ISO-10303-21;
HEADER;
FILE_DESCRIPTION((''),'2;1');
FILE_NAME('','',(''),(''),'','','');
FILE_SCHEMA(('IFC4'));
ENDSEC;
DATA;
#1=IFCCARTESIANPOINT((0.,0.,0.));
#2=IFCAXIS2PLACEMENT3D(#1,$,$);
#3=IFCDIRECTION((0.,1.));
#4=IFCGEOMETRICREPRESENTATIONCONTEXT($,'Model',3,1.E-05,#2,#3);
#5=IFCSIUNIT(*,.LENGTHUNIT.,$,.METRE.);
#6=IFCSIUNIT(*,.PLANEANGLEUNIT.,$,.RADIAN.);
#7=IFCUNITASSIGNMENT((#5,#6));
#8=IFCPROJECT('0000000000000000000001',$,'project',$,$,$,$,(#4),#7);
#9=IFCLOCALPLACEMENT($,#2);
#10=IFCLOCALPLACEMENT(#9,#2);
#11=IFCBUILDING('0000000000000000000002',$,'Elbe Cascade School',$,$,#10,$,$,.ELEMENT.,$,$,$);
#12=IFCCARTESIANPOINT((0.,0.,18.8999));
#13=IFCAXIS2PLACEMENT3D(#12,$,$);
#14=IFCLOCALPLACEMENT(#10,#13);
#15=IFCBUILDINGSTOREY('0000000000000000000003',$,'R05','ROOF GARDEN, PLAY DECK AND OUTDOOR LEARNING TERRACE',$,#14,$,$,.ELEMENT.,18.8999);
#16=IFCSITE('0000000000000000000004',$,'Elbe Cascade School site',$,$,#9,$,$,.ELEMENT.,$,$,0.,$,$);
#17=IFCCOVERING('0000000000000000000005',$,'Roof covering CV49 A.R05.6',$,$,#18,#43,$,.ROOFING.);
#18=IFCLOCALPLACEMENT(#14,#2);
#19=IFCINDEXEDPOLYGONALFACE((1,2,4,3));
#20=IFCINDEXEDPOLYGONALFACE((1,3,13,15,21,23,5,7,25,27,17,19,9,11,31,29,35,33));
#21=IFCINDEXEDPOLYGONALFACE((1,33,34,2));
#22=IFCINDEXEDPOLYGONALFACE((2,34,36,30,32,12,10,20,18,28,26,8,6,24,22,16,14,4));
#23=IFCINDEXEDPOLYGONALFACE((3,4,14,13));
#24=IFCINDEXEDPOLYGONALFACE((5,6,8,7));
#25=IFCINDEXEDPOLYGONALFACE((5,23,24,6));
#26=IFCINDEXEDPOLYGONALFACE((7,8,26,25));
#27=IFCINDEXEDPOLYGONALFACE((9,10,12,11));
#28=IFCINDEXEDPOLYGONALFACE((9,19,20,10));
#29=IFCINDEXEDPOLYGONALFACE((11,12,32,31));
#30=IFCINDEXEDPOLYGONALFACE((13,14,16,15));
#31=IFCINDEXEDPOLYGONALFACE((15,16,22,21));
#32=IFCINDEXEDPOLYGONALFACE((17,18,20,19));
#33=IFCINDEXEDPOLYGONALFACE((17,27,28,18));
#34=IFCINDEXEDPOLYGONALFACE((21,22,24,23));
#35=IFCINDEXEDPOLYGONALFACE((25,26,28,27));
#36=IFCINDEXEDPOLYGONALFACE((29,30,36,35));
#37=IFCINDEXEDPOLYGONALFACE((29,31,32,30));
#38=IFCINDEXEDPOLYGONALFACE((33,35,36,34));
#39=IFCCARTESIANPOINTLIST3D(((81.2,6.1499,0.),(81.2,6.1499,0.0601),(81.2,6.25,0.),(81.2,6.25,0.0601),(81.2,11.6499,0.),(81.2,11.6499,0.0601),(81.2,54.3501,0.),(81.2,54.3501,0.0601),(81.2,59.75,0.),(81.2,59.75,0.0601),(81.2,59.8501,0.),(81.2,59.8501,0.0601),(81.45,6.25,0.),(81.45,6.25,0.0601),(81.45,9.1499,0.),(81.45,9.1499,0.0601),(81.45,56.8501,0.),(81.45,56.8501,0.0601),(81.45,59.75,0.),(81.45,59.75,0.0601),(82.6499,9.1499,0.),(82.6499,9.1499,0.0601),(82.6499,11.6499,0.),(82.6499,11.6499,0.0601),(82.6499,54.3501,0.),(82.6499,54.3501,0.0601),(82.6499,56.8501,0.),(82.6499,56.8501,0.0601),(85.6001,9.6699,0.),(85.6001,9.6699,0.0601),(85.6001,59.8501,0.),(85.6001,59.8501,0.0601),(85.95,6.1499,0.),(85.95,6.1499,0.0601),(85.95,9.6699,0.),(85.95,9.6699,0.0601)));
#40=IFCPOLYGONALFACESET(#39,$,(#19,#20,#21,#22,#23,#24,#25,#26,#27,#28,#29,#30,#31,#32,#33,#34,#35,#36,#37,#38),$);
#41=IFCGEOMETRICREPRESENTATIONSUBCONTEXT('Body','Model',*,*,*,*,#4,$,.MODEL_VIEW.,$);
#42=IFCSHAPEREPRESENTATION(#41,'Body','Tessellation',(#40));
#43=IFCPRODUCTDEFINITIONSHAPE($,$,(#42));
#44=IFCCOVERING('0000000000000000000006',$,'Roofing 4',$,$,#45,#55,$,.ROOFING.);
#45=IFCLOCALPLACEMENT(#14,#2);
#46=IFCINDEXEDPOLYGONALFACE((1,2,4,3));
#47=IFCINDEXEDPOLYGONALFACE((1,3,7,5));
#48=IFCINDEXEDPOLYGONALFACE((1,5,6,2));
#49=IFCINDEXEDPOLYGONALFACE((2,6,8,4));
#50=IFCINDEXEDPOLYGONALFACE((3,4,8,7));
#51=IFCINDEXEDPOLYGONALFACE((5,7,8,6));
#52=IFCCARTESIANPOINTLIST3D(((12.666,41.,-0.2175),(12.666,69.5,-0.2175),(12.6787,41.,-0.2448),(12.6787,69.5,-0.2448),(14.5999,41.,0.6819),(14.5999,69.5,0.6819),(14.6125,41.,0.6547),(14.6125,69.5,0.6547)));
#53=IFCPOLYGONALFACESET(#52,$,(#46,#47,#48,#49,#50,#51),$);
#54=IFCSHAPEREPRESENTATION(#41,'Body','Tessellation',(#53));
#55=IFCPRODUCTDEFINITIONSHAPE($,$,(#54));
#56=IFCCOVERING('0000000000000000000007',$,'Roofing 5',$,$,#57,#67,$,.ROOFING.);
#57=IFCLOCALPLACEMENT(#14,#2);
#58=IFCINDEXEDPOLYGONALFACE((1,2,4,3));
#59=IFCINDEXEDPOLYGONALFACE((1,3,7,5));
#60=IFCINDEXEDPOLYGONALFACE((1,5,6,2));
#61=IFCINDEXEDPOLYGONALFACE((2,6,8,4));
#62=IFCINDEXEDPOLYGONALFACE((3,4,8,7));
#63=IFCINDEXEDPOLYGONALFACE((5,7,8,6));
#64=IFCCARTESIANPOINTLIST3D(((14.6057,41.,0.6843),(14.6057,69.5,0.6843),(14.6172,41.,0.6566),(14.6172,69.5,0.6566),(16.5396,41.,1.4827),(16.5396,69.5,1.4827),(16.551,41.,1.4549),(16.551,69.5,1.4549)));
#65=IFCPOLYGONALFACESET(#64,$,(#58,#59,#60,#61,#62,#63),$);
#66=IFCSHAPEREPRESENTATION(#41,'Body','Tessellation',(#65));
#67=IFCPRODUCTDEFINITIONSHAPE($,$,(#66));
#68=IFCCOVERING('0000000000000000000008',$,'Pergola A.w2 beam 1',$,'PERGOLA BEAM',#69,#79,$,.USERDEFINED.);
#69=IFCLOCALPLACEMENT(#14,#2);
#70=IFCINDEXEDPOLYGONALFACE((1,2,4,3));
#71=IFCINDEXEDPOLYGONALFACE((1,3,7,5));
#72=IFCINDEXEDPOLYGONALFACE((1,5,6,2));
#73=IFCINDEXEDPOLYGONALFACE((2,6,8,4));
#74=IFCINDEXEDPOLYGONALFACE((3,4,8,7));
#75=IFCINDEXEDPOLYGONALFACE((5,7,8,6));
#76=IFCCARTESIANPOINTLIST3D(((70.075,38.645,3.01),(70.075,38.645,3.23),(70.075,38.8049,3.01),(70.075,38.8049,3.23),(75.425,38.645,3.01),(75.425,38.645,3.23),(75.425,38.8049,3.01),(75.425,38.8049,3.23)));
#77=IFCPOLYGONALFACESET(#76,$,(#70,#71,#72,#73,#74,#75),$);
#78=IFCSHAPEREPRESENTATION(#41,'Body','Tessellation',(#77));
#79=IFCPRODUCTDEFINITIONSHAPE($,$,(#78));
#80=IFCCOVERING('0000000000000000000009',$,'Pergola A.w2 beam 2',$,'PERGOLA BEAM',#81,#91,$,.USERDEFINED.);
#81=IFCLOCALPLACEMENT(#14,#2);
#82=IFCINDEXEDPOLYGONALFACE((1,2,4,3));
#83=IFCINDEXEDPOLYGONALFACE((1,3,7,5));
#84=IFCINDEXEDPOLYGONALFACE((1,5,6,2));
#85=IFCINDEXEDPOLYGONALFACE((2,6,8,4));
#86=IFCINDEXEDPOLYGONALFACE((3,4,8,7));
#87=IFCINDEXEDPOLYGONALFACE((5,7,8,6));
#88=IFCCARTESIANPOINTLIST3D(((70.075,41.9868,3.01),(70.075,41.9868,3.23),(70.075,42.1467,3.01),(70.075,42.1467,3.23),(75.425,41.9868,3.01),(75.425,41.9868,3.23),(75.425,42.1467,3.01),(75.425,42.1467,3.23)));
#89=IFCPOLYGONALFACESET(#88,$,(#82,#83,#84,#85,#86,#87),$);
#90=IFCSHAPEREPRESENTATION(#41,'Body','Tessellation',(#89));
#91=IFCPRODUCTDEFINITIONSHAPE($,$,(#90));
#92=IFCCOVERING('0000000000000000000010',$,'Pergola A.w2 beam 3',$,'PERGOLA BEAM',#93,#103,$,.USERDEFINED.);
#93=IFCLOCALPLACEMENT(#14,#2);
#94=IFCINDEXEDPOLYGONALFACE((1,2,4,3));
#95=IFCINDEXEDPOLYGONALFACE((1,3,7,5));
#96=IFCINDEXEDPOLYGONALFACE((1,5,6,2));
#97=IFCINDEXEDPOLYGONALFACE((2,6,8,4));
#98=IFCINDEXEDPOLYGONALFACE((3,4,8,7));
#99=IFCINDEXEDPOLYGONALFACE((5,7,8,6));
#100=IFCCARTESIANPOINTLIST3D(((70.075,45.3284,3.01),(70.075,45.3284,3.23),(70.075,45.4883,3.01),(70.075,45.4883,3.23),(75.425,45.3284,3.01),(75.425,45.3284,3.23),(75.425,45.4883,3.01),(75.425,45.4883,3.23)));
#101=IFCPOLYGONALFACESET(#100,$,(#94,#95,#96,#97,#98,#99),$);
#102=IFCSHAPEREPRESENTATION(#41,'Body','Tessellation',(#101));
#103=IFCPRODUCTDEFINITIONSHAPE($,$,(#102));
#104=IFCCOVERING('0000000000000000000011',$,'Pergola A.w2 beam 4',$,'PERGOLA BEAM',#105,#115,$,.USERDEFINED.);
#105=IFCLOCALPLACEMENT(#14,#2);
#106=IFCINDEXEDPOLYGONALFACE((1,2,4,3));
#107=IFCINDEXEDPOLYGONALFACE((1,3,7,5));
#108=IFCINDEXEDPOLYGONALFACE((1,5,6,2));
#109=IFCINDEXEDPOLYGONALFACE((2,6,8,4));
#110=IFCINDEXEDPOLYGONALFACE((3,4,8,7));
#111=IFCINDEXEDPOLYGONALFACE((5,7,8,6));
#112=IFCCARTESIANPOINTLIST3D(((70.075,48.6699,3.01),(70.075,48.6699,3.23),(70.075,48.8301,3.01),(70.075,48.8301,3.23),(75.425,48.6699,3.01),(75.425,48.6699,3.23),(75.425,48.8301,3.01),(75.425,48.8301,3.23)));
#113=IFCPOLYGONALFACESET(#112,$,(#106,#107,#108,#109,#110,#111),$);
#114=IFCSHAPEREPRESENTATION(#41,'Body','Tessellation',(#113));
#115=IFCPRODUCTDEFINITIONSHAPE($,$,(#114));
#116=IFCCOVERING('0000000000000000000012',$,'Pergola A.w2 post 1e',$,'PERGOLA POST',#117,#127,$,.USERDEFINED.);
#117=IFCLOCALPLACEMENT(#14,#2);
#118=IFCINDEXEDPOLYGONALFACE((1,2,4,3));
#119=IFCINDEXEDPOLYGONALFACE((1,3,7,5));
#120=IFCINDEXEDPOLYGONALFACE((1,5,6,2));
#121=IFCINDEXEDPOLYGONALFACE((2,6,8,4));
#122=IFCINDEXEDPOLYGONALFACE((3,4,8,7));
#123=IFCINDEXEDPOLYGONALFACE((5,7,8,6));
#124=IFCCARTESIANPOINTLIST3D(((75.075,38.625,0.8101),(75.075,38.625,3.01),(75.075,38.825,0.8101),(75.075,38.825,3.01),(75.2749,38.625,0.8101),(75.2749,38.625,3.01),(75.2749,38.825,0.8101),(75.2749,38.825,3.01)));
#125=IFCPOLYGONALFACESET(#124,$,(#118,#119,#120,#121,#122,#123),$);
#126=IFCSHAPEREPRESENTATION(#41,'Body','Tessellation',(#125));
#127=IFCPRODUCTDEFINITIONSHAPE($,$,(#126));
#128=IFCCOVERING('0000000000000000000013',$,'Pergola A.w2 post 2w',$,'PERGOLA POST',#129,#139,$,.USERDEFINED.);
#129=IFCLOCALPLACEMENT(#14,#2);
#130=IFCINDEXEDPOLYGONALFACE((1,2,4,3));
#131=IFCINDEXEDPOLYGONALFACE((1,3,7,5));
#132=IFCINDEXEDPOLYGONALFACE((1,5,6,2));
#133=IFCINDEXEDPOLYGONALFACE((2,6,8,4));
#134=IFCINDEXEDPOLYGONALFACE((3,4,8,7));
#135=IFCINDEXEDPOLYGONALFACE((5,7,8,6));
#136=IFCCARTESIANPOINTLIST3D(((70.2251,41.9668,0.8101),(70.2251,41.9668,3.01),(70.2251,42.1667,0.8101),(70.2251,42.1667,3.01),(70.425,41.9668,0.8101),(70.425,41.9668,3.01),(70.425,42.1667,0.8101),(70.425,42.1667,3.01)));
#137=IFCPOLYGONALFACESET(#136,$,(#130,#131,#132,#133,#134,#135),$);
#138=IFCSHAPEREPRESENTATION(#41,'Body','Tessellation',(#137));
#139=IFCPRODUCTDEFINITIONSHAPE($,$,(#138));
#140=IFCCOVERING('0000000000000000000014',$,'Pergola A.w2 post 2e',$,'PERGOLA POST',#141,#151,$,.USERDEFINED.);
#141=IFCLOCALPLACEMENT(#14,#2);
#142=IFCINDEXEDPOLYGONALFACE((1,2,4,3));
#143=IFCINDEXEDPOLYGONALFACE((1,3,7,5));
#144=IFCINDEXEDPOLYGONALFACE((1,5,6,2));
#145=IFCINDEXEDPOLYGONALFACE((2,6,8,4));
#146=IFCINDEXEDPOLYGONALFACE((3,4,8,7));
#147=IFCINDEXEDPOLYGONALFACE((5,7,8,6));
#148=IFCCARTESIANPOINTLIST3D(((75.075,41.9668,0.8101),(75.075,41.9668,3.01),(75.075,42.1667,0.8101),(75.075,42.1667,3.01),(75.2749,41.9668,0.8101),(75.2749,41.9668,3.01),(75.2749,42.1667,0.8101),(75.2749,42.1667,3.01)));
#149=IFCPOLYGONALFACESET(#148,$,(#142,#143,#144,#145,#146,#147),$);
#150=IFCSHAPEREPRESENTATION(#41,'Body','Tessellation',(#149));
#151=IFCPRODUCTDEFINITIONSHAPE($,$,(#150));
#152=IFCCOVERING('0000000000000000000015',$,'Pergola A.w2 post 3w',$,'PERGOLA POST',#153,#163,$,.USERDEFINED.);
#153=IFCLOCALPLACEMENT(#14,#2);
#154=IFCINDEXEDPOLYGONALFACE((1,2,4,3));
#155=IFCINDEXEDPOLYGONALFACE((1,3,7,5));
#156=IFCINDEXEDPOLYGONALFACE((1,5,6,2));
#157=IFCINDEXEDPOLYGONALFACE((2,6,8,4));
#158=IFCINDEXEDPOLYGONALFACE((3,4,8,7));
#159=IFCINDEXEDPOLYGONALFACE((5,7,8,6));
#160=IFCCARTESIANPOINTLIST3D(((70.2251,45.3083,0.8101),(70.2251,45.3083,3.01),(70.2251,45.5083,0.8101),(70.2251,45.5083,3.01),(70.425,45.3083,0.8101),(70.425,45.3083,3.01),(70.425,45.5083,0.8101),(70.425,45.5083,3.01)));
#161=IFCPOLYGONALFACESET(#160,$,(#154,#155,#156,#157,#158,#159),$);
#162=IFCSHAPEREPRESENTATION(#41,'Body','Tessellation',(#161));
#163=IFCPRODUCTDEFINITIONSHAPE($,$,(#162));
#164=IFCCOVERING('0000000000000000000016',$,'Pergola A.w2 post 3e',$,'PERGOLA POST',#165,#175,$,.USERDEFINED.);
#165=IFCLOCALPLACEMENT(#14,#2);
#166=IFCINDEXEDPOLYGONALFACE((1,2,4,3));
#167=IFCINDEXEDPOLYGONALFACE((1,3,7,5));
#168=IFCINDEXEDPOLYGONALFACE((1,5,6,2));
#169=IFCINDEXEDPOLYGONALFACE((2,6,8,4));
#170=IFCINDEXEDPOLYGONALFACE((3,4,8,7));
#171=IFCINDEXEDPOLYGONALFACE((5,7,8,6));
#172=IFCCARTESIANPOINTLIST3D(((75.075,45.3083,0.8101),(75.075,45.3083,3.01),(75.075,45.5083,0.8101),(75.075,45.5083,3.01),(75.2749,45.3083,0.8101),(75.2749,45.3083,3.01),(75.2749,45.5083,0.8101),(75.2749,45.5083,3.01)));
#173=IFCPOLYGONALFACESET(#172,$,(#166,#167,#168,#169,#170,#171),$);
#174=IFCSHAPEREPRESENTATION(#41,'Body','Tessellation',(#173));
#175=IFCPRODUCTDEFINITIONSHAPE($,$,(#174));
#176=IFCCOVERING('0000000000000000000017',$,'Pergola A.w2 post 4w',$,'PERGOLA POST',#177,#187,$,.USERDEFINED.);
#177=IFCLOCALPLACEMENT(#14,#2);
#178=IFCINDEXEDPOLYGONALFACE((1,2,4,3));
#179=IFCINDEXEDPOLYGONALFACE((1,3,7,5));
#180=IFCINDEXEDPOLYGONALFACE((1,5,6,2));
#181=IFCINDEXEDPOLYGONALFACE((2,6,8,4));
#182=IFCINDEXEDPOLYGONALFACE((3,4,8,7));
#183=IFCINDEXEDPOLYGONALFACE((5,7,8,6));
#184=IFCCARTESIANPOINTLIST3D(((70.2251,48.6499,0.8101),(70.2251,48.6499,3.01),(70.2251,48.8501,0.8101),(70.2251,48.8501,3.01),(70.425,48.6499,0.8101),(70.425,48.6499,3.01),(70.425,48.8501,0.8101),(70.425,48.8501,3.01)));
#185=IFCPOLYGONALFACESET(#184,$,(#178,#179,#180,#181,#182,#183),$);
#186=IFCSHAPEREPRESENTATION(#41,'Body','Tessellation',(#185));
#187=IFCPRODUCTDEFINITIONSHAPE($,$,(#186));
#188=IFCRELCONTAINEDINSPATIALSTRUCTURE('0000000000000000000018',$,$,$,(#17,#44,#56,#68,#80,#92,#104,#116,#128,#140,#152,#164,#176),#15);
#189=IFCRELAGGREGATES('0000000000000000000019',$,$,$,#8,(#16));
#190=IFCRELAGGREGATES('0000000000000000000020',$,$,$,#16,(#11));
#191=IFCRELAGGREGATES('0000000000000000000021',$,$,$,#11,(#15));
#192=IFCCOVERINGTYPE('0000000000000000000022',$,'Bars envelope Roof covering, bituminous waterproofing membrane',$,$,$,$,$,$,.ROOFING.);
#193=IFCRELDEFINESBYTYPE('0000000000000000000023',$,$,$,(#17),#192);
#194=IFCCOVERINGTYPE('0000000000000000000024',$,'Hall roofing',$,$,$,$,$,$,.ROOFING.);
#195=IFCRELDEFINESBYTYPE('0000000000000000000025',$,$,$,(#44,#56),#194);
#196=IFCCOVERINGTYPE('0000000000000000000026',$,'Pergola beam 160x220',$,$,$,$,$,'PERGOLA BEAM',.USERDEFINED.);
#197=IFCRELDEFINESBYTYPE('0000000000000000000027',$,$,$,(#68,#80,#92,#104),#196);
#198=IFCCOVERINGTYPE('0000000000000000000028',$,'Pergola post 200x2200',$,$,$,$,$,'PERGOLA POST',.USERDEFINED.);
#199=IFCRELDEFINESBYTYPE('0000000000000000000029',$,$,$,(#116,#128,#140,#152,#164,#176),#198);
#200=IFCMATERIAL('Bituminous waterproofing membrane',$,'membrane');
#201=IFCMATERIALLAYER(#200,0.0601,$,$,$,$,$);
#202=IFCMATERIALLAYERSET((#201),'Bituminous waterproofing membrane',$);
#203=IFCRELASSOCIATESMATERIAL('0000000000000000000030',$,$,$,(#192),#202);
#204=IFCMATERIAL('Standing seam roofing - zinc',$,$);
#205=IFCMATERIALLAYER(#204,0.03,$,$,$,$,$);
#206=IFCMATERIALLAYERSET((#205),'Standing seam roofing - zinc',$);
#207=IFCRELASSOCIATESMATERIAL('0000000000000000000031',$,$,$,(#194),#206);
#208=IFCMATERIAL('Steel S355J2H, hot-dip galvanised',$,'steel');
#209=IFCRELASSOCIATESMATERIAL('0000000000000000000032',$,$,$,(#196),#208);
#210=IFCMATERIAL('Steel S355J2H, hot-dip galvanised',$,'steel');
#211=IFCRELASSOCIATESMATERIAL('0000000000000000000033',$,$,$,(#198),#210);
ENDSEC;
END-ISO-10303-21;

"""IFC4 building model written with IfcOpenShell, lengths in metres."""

from ifc_helpers import new_model, si_unit, direction, frame, origin, place, context, subcontext, project, spatial, polyline, outline, extrude, material, layer, layer_set, type_object, element, save


model = new_model("IFC4")

# Units and contexts
model_context = context("Model", 3, precision=1e-05, world=origin(), true_north=direction((0.0, 1.0)))
body_context = subcontext(model_context, "Body", "Model", "MODEL_VIEW")
ifc_project = project(units=[si_unit("LENGTHUNIT", "METRE"), si_unit("PLANEANGLEUNIT", "RADIAN")], contexts=[model_context])

# Site, building, storey
site_placement = place(None, origin())
site = spatial("IfcSite", under=ifc_project, at=site_placement, Name="Elbe Cascade School site", CompositionType="ELEMENT", RefElevation=0.0)
building_placement = place(site_placement, origin())
building = spatial("IfcBuilding", under=site, at=building_placement, Name="Elbe Cascade School", CompositionType="ELEMENT")
storey_placement = place(building_placement, frame((0.0, 0.0, 18.8999)))
storey = spatial("IfcBuildingStorey", under=building, at=storey_placement, Name="R05", Description="ROOF GARDEN, PLAY DECK AND OUTDOOR LEARNING TERRACE", CompositionType="ELEMENT", Elevation=18.8999)

# Coverings
ifc_material_1 = material(Name="Bituminous waterproofing membrane", Category="membrane")
ifc_layer_1 = layer(ifc_material_1, 0.0601)
ifc_layer_set_1 = layer_set([ifc_layer_1], Name="Bituminous waterproofing membrane")
covering_type_1 = type_object("IfcCoveringType", Name="Bars envelope Roof covering, bituminous waterproofing membrane", PredefinedType="ROOFING", material=ifc_layer_set_1)
covering_1_placement = place(storey_placement, origin())
element("IfcCovering", 1, at=covering_1_placement, inside=storey, type_object=covering_type_1, Name="Roof covering CV49 A.R05.6", PredefinedType="ROOFING", context=body_context, shape_type="SweptSolid", body=[
    extrude(outline(polyline([(85.6001, 59.8501), (85.6001, 9.6699), (85.95, 9.6699), (85.95, 6.1499), (81.2, 6.1499), (81.2, 6.25), (81.45, 6.25), (81.45, 9.1499), (82.6499, 9.1499), (82.6499, 11.6499), (81.2, 11.6499), (81.2, 54.3501), (82.6499, 54.3501), (82.6499, 56.8501), (81.45, 56.8501), (81.45, 59.75), (81.2, 59.75), (81.2, 59.8501), (85.6001, 59.8501)])), origin(), (0.0, 0.0, 1.0), 0.0601),
])
ifc_material_2 = material(Name="Standing seam roofing - zinc")
ifc_layer_2 = layer(ifc_material_2, 0.03)
ifc_layer_set_2 = layer_set([ifc_layer_2], Name="Standing seam roofing - zinc")
covering_type_2 = type_object("IfcCoveringType", Name="Hall roofing", PredefinedType="ROOFING", material=ifc_layer_set_2)
covering_2_placement = place(storey_placement, frame((12.666, 41.0, -0.2175), z_axis=(-0.421713, 0.0, 0.906729), x_axis=(0.906729, 0.0, 0.421713)))
element("IfcCovering", 2, at=covering_2_placement, inside=storey, type_object=covering_type_2, Name="Roofing 4", PredefinedType="ROOFING", context=body_context, shape_type="SweptSolid", body=[
    extrude(outline(polyline([(0.0, 0.0), (2.1328, 0.0), (2.1328, 28.5), (0.0, 28.5), (0.0, 0.0)])), origin(), (0.0, 0.0, -1.0), 0.03),
])
covering_3_placement = place(storey_placement, frame((14.6057, 41.0, 0.6843), z_axis=(-0.381589, 0.0, 0.924332), x_axis=(0.924332, 0.0, 0.381589)))
element("IfcCovering", 3, at=covering_3_placement, inside=storey, type_object=covering_type_2, Name="Roofing 5", PredefinedType="ROOFING", context=body_context, shape_type="SweptSolid", body=[
    extrude(outline(polyline([(0.0, 0.0), (2.0921, 0.0), (2.0921, 28.5), (0.0, 28.5), (0.0, 0.0)])), origin(), (0.0, 0.0, -1.0), 0.03),
])
ifc_material_3 = material(Name="Steel S355J2H, hot-dip galvanised", Category="steel")
covering_type_3 = type_object("IfcCoveringType", Name="Pergola beam 160x220", ElementType="PERGOLA BEAM", PredefinedType="USERDEFINED", material=ifc_material_3)
covering_4_placement = place(storey_placement, frame((0.0, 0.0, 3.01)))
element("IfcCovering", 4, at=covering_4_placement, inside=storey, type_object=covering_type_3, Name="Pergola A.w2 beam 1", ObjectType="PERGOLA BEAM", PredefinedType="USERDEFINED", context=body_context, shape_type="SweptSolid", body=[
    extrude(outline(polyline([(70.075, 38.645), (75.425, 38.645), (75.425, 38.8049), (70.075, 38.8049), (70.075, 38.645)])), origin(), (0.0, 0.0, 1.0), 0.22),
])
covering_5_placement = place(storey_placement, frame((0.0, 0.0, 3.01)))
element("IfcCovering", 5, at=covering_5_placement, inside=storey, type_object=covering_type_3, Name="Pergola A.w2 beam 2", ObjectType="PERGOLA BEAM", PredefinedType="USERDEFINED", context=body_context, shape_type="SweptSolid", body=[
    extrude(outline(polyline([(70.075, 41.9868), (75.425, 41.9868), (75.425, 42.1467), (70.075, 42.1467), (70.075, 41.9868)])), origin(), (0.0, 0.0, 1.0), 0.22),
])
covering_6_placement = place(storey_placement, frame((0.0, 0.0, 3.01)))
element("IfcCovering", 6, at=covering_6_placement, inside=storey, type_object=covering_type_3, Name="Pergola A.w2 beam 3", ObjectType="PERGOLA BEAM", PredefinedType="USERDEFINED", context=body_context, shape_type="SweptSolid", body=[
    extrude(outline(polyline([(70.075, 45.3284), (75.425, 45.3284), (75.425, 45.4883), (70.075, 45.4883), (70.075, 45.3284)])), origin(), (0.0, 0.0, 1.0), 0.22),
])
covering_7_placement = place(storey_placement, frame((0.0, 0.0, 3.01)))
element("IfcCovering", 7, at=covering_7_placement, inside=storey, type_object=covering_type_3, Name="Pergola A.w2 beam 4", ObjectType="PERGOLA BEAM", PredefinedType="USERDEFINED", context=body_context, shape_type="SweptSolid", body=[
    extrude(outline(polyline([(70.075, 48.6699), (75.425, 48.6699), (75.425, 48.8301), (70.075, 48.8301), (70.075, 48.6699)])), origin(), (0.0, 0.0, 1.0), 0.22),
])
ifc_material_4 = material(Name="Steel S355J2H, hot-dip galvanised", Category="steel")
covering_type_4 = type_object("IfcCoveringType", Name="Pergola post 200x2200", ElementType="PERGOLA POST", PredefinedType="USERDEFINED", material=ifc_material_4)
covering_8_placement = place(storey_placement, frame((0.0, 0.0, 0.8101)))
element("IfcCovering", 8, at=covering_8_placement, inside=storey, type_object=covering_type_4, Name="Pergola A.w2 post 1e", ObjectType="PERGOLA POST", PredefinedType="USERDEFINED", context=body_context, shape_type="SweptSolid", body=[
    extrude(outline(polyline([(75.075, 38.625), (75.2749, 38.625), (75.2749, 38.825), (75.075, 38.825), (75.075, 38.625)])), origin(), (0.0, 0.0, 1.0), 2.2),
])
covering_9_placement = place(storey_placement, frame((0.0, 0.0, 0.8101)))
element("IfcCovering", 9, at=covering_9_placement, inside=storey, type_object=covering_type_4, Name="Pergola A.w2 post 2w", ObjectType="PERGOLA POST", PredefinedType="USERDEFINED", context=body_context, shape_type="SweptSolid", body=[
    extrude(outline(polyline([(70.2251, 41.9668), (70.425, 41.9668), (70.425, 42.1667), (70.2251, 42.1667), (70.2251, 41.9668)])), origin(), (0.0, 0.0, 1.0), 2.2),
])
covering_10_placement = place(storey_placement, frame((0.0, 0.0, 0.8101)))
element("IfcCovering", 10, at=covering_10_placement, inside=storey, type_object=covering_type_4, Name="Pergola A.w2 post 2e", ObjectType="PERGOLA POST", PredefinedType="USERDEFINED", context=body_context, shape_type="SweptSolid", body=[
    extrude(outline(polyline([(75.075, 41.9668), (75.2749, 41.9668), (75.2749, 42.1667), (75.075, 42.1667), (75.075, 41.9668)])), origin(), (0.0, 0.0, 1.0), 2.2),
])
covering_11_placement = place(storey_placement, frame((0.0, 0.0, 0.8101)))
element("IfcCovering", 11, at=covering_11_placement, inside=storey, type_object=covering_type_4, Name="Pergola A.w2 post 3w", ObjectType="PERGOLA POST", PredefinedType="USERDEFINED", context=body_context, shape_type="SweptSolid", body=[
    extrude(outline(polyline([(70.2251, 45.3083), (70.425, 45.3083), (70.425, 45.5083), (70.2251, 45.5083), (70.2251, 45.3083)])), origin(), (0.0, 0.0, 1.0), 2.2),
])
covering_12_placement = place(storey_placement, frame((0.0, 0.0, 0.8101)))
element("IfcCovering", 12, at=covering_12_placement, inside=storey, type_object=covering_type_4, Name="Pergola A.w2 post 3e", ObjectType="PERGOLA POST", PredefinedType="USERDEFINED", context=body_context, shape_type="SweptSolid", body=[
    extrude(outline(polyline([(75.075, 45.3083), (75.2749, 45.3083), (75.2749, 45.5083), (75.075, 45.5083), (75.075, 45.3083)])), origin(), (0.0, 0.0, 1.0), 2.2),
])
covering_13_placement = place(storey_placement, frame((0.0, 0.0, 0.8101)))
element("IfcCovering", 13, at=covering_13_placement, inside=storey, type_object=covering_type_4, Name="Pergola A.w2 post 4w", ObjectType="PERGOLA POST", PredefinedType="USERDEFINED", context=body_context, shape_type="SweptSolid", body=[
    extrude(outline(polyline([(70.2251, 48.6499), (70.425, 48.6499), (70.425, 48.8501), (70.2251, 48.8501), (70.2251, 48.6499)])), origin(), (0.0, 0.0, 1.0), 2.2),
])

save(model, "model.ifc")
